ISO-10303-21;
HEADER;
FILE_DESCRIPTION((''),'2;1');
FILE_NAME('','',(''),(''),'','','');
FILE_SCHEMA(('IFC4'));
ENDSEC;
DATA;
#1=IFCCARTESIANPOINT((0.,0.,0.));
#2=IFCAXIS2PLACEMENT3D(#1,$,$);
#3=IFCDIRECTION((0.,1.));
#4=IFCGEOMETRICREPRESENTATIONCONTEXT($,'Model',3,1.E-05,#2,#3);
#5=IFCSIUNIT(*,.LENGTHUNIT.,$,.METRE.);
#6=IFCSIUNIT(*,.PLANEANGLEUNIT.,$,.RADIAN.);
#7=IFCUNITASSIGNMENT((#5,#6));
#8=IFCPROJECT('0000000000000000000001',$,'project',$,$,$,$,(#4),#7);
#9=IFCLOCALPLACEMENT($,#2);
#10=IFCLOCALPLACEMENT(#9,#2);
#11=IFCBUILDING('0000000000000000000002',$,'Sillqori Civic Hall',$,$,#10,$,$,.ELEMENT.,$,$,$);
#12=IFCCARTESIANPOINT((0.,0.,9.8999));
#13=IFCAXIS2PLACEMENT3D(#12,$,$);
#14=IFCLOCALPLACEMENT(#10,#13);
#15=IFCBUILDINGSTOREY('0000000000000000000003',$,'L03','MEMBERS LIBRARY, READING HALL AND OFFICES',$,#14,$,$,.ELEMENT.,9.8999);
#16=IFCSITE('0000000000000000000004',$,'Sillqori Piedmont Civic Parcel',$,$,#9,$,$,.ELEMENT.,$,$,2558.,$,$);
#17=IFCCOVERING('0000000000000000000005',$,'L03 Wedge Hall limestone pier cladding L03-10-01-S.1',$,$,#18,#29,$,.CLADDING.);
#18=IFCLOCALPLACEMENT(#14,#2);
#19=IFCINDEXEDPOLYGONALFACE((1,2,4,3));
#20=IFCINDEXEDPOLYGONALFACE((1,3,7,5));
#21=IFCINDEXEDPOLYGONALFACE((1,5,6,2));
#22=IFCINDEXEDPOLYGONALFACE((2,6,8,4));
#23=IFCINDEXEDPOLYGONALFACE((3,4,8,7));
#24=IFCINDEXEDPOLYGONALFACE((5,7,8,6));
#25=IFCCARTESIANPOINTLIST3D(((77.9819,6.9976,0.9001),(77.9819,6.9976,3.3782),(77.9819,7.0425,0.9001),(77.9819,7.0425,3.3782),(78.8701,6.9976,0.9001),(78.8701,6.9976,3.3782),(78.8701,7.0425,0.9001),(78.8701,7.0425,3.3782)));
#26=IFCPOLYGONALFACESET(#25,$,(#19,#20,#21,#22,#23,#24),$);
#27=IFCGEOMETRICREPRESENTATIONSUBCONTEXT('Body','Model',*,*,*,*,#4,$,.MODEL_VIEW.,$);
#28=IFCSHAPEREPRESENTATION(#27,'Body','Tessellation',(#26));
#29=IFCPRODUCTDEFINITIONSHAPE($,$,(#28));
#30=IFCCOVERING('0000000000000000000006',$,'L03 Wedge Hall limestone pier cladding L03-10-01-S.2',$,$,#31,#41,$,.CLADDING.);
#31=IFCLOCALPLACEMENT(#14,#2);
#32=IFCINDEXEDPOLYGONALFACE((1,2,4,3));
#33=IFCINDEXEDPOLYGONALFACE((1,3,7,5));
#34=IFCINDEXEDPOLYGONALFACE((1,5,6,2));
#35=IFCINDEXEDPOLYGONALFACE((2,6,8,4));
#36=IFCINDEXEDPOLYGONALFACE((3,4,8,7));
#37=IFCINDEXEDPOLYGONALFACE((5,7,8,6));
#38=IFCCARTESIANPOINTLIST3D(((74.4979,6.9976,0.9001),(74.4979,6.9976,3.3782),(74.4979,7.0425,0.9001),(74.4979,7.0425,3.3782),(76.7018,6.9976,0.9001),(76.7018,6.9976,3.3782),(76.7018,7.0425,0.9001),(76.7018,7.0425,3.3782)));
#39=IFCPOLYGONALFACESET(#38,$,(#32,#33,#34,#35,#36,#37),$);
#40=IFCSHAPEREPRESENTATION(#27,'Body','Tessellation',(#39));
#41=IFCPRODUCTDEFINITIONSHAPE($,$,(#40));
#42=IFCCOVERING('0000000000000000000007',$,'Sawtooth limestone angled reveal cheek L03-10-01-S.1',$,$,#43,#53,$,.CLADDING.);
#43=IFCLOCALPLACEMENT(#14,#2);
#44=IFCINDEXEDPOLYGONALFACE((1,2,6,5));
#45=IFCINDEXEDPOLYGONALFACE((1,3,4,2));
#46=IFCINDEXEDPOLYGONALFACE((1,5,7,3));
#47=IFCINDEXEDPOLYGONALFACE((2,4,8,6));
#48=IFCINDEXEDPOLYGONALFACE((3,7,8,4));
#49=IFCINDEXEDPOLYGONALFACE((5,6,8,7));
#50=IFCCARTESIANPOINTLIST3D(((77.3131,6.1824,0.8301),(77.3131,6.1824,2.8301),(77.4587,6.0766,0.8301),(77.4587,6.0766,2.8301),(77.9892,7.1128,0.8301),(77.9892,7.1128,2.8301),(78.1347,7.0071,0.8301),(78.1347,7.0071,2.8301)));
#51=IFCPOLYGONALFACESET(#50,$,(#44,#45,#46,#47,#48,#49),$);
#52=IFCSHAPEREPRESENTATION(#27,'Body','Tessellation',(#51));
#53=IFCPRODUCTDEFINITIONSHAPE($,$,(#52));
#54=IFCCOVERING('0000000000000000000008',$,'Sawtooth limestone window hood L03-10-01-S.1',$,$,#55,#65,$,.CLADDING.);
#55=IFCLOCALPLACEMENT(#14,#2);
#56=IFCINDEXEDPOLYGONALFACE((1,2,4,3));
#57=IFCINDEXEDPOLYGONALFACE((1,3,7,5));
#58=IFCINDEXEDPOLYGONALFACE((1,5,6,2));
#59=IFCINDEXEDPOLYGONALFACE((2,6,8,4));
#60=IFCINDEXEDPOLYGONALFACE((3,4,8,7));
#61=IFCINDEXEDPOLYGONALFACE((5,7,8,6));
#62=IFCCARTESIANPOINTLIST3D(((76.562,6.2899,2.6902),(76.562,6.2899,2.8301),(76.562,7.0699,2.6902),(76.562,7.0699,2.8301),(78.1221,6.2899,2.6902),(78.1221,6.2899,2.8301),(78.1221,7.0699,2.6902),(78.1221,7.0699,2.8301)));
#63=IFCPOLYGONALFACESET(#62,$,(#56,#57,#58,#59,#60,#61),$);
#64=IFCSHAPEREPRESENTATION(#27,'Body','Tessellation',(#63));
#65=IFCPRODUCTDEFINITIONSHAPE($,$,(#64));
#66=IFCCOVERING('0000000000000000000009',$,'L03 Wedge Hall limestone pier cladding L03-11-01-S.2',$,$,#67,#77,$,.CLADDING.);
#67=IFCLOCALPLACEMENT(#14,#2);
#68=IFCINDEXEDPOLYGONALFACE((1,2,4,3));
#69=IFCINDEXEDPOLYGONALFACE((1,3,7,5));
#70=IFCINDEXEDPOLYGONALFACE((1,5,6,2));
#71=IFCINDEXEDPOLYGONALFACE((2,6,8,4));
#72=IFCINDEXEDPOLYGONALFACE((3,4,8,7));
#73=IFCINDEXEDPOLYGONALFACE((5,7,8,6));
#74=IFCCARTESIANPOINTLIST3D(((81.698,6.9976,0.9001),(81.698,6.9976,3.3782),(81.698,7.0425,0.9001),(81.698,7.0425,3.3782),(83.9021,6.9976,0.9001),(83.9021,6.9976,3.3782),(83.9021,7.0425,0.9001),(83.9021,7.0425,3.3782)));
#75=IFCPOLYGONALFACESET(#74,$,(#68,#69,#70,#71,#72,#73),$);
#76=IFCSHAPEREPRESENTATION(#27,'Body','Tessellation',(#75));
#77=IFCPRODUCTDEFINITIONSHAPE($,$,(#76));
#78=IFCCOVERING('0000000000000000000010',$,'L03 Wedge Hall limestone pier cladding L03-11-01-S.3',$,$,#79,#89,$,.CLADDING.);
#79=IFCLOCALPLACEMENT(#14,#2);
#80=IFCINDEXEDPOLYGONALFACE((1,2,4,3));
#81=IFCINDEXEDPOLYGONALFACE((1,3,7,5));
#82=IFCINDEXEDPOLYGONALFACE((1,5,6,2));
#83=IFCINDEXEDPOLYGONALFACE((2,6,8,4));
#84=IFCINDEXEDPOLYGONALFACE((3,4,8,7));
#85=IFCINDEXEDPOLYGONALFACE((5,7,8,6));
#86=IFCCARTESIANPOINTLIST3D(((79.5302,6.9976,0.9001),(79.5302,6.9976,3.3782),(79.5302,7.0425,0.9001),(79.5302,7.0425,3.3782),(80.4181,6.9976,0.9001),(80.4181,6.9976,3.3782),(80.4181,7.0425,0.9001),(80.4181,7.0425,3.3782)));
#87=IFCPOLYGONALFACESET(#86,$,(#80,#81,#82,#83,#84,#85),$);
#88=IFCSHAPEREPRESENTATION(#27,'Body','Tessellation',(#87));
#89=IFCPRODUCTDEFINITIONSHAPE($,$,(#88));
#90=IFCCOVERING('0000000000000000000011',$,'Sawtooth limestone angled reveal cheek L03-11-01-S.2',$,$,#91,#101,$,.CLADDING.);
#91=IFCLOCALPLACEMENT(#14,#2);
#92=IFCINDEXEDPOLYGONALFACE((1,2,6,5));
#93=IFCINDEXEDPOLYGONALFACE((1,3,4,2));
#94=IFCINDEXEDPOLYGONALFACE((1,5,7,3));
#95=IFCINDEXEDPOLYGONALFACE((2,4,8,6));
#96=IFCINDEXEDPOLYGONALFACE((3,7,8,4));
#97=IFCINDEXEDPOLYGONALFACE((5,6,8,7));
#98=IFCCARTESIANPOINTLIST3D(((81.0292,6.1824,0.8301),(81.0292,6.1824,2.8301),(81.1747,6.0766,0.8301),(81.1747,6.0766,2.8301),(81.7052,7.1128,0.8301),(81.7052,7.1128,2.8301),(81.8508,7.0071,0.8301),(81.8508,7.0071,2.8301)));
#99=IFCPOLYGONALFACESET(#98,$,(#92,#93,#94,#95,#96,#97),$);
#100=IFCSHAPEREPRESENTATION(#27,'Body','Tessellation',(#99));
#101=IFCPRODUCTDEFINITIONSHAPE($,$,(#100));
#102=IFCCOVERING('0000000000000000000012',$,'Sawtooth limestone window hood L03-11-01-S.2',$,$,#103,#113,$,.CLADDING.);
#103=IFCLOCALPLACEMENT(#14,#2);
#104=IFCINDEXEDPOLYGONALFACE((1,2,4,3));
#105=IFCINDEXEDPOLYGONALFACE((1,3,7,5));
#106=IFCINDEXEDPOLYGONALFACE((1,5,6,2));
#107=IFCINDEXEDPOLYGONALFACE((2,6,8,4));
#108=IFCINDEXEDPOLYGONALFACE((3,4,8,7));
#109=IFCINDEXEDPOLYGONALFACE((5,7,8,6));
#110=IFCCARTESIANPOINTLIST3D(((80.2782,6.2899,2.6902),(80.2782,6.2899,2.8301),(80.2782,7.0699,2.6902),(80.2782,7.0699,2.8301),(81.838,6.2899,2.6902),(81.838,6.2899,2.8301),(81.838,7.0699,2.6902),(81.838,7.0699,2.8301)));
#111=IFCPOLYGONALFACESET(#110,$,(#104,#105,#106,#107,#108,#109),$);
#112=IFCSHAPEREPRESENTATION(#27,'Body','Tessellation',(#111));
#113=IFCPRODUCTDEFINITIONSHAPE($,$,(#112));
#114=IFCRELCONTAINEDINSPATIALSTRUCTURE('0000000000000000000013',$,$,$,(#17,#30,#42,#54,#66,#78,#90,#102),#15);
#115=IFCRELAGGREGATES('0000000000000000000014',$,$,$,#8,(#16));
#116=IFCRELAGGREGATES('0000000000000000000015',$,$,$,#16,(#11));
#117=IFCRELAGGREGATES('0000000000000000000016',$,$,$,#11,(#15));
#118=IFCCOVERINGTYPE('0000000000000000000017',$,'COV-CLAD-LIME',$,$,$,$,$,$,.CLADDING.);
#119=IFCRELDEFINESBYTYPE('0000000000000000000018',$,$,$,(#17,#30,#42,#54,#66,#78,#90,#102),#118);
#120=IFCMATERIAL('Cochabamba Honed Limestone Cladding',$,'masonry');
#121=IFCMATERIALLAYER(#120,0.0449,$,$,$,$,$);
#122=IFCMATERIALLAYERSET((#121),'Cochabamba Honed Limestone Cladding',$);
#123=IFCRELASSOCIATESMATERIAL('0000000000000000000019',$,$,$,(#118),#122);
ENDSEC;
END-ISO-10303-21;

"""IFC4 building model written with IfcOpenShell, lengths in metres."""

from ifc_helpers import new_model, si_unit, direction, frame, frame_2d, origin, place, context, subcontext, project, spatial, rectangle, extrude, material, layer, layer_set, type_object, element, save


model = new_model("IFC4")

# Units and contexts
model_context = context("Model", 3, precision=1e-05, world=origin(), true_north=direction((0.0, 1.0)))
body_context = subcontext(model_context, "Body", "Model", "MODEL_VIEW")
ifc_project = project(units=[si_unit("LENGTHUNIT", "METRE"), si_unit("PLANEANGLEUNIT", "RADIAN")], contexts=[model_context])

# Site, building, storey
site_placement = place(None, origin())
site = spatial("IfcSite", under=ifc_project, at=site_placement, Name="Sillqori Piedmont Civic Parcel", CompositionType="ELEMENT", RefElevation=2558.0)
building_placement = place(site_placement, origin())
building = spatial("IfcBuilding", under=site, at=building_placement, Name="Sillqori Civic Hall", CompositionType="ELEMENT")
storey_placement = place(building_placement, frame((0.0, 0.0, 9.8999)))
storey = spatial("IfcBuildingStorey", under=building, at=storey_placement, Name="L03", Description="MEMBERS LIBRARY, READING HALL AND OFFICES", CompositionType="ELEMENT", Elevation=9.8999)

# Coverings
ifc_material_1 = material(Name="Cochabamba Honed Limestone Cladding", Category="masonry")
ifc_layer_1 = layer(ifc_material_1, 0.0449)
ifc_layer_set_1 = layer_set([ifc_layer_1], Name="Cochabamba Honed Limestone Cladding")
covering_type = type_object("IfcCoveringType", Name="COV-CLAD-LIME", PredefinedType="CLADDING", material=ifc_layer_set_1)
covering_1_placement = place(storey_placement, frame((78.8701, 7.02, 0.9001), z_axis=(0.0, 0.0, 1.0), x_axis=(-1.0, 0.0, 0.0)))
element("IfcCovering", 1, at=covering_1_placement, inside=storey, type_object=covering_type, Name="L03 Wedge Hall limestone pier cladding L03-10-01-S.1", PredefinedType="CLADDING", context=body_context, shape_type="SweptSolid", body=[
    extrude(rectangle(XDim=0.8882, YDim=0.0449, at=frame_2d((0.4441, 0.0))), origin(), (0.0, 0.0, 1.0), 2.478),
])
covering_2_placement = place(storey_placement, frame((76.7019, 7.02, 0.9001), z_axis=(0.0, 0.0, 1.0), x_axis=(-1.0, 0.0, 0.0)))
element("IfcCovering", 2, at=covering_2_placement, inside=storey, type_object=covering_type, Name="L03 Wedge Hall limestone pier cladding L03-10-01-S.2", PredefinedType="CLADDING", context=body_context, shape_type="SweptSolid", body=[
    extrude(rectangle(XDim=2.2039, YDim=0.0449, at=frame_2d((1.1021, 0.0))), origin(), (0.0, 0.0, 1.0), 2.478),
])
covering_3_placement = place(storey_placement, frame((78.062, 7.0601, 0.8301), z_axis=(0.0, 0.0, 1.0), x_axis=(-0.587806, -0.809002, 0.0)))
element("IfcCovering", 3, at=covering_3_placement, inside=storey, type_object=covering_type, Name="Sawtooth limestone angled reveal cheek L03-10-01-S.1", PredefinedType="CLADDING", context=body_context, shape_type="SweptSolid", body=[
    extrude(rectangle(XDim=1.1501, YDim=0.1799, at=frame_2d((0.5752, 0.0))), origin(), (0.0, 0.0, 1.0), 2.0),
])
covering_4_placement = place(storey_placement, frame((78.1221, 6.6799, 2.6902), z_axis=(0.0, 0.0, 1.0), x_axis=(-1.0, 0.0, 0.0)))
element("IfcCovering", 4, at=covering_4_placement, inside=storey, type_object=covering_type, Name="Sawtooth limestone window hood L03-10-01-S.1", PredefinedType="CLADDING", context=body_context, shape_type="SweptSolid", body=[
    extrude(rectangle(XDim=1.5601, YDim=0.78, at=frame_2d((0.78, 0.0))), origin(), (0.0, 0.0, 1.0), 0.1399),
])
covering_5_placement = place(storey_placement, frame((83.9021, 7.02, 0.9001), z_axis=(0.0, 0.0, 1.0), x_axis=(-1.0, 0.0, 0.0)))
element("IfcCovering", 5, at=covering_5_placement, inside=storey, type_object=covering_type, Name="L03 Wedge Hall limestone pier cladding L03-11-01-S.2", PredefinedType="CLADDING", context=body_context, shape_type="SweptSolid", body=[
    extrude(rectangle(XDim=2.2041, YDim=0.0449, at=frame_2d((1.1021, 0.0))), origin(), (0.0, 0.0, 1.0), 2.478),
])
covering_6_placement = place(storey_placement, frame((80.418, 7.02, 0.9001), z_axis=(0.0, 0.0, 1.0), x_axis=(-1.0, 0.0, 0.0)))
element("IfcCovering", 6, at=covering_6_placement, inside=storey, type_object=covering_type, Name="L03 Wedge Hall limestone pier cladding L03-11-01-S.3", PredefinedType="CLADDING", context=body_context, shape_type="SweptSolid", body=[
    extrude(rectangle(XDim=0.8879, YDim=0.0449, at=frame_2d((0.4438, 0.0))), origin(), (0.0, 0.0, 1.0), 2.478),
])
covering_7_placement = place(storey_placement, frame((81.7781, 7.0601, 0.8301), z_axis=(0.0, 0.0, 1.0), x_axis=(-0.587806, -0.809002, 0.0)))
element("IfcCovering", 7, at=covering_7_placement, inside=storey, type_object=covering_type, Name="Sawtooth limestone angled reveal cheek L03-11-01-S.2", PredefinedType="CLADDING", context=body_context, shape_type="SweptSolid", body=[
    extrude(rectangle(XDim=1.1501, YDim=0.1799, at=frame_2d((0.5752, 0.0))), origin(), (0.0, 0.0, 1.0), 2.0),
])
covering_8_placement = place(storey_placement, frame((81.8379, 6.6799, 2.6902), z_axis=(0.0, 0.0, 1.0), x_axis=(-1.0, 0.0, 0.0)))
element("IfcCovering", 8, at=covering_8_placement, inside=storey, type_object=covering_type, Name="Sawtooth limestone window hood L03-11-01-S.2", PredefinedType="CLADDING", context=body_context, shape_type="SweptSolid", body=[
    extrude(rectangle(XDim=1.5598, YDim=0.78, at=frame_2d((0.7798, 0.0))), origin(), (0.0, 0.0, 1.0), 0.1399),
])

save(model, "model.ifc")
